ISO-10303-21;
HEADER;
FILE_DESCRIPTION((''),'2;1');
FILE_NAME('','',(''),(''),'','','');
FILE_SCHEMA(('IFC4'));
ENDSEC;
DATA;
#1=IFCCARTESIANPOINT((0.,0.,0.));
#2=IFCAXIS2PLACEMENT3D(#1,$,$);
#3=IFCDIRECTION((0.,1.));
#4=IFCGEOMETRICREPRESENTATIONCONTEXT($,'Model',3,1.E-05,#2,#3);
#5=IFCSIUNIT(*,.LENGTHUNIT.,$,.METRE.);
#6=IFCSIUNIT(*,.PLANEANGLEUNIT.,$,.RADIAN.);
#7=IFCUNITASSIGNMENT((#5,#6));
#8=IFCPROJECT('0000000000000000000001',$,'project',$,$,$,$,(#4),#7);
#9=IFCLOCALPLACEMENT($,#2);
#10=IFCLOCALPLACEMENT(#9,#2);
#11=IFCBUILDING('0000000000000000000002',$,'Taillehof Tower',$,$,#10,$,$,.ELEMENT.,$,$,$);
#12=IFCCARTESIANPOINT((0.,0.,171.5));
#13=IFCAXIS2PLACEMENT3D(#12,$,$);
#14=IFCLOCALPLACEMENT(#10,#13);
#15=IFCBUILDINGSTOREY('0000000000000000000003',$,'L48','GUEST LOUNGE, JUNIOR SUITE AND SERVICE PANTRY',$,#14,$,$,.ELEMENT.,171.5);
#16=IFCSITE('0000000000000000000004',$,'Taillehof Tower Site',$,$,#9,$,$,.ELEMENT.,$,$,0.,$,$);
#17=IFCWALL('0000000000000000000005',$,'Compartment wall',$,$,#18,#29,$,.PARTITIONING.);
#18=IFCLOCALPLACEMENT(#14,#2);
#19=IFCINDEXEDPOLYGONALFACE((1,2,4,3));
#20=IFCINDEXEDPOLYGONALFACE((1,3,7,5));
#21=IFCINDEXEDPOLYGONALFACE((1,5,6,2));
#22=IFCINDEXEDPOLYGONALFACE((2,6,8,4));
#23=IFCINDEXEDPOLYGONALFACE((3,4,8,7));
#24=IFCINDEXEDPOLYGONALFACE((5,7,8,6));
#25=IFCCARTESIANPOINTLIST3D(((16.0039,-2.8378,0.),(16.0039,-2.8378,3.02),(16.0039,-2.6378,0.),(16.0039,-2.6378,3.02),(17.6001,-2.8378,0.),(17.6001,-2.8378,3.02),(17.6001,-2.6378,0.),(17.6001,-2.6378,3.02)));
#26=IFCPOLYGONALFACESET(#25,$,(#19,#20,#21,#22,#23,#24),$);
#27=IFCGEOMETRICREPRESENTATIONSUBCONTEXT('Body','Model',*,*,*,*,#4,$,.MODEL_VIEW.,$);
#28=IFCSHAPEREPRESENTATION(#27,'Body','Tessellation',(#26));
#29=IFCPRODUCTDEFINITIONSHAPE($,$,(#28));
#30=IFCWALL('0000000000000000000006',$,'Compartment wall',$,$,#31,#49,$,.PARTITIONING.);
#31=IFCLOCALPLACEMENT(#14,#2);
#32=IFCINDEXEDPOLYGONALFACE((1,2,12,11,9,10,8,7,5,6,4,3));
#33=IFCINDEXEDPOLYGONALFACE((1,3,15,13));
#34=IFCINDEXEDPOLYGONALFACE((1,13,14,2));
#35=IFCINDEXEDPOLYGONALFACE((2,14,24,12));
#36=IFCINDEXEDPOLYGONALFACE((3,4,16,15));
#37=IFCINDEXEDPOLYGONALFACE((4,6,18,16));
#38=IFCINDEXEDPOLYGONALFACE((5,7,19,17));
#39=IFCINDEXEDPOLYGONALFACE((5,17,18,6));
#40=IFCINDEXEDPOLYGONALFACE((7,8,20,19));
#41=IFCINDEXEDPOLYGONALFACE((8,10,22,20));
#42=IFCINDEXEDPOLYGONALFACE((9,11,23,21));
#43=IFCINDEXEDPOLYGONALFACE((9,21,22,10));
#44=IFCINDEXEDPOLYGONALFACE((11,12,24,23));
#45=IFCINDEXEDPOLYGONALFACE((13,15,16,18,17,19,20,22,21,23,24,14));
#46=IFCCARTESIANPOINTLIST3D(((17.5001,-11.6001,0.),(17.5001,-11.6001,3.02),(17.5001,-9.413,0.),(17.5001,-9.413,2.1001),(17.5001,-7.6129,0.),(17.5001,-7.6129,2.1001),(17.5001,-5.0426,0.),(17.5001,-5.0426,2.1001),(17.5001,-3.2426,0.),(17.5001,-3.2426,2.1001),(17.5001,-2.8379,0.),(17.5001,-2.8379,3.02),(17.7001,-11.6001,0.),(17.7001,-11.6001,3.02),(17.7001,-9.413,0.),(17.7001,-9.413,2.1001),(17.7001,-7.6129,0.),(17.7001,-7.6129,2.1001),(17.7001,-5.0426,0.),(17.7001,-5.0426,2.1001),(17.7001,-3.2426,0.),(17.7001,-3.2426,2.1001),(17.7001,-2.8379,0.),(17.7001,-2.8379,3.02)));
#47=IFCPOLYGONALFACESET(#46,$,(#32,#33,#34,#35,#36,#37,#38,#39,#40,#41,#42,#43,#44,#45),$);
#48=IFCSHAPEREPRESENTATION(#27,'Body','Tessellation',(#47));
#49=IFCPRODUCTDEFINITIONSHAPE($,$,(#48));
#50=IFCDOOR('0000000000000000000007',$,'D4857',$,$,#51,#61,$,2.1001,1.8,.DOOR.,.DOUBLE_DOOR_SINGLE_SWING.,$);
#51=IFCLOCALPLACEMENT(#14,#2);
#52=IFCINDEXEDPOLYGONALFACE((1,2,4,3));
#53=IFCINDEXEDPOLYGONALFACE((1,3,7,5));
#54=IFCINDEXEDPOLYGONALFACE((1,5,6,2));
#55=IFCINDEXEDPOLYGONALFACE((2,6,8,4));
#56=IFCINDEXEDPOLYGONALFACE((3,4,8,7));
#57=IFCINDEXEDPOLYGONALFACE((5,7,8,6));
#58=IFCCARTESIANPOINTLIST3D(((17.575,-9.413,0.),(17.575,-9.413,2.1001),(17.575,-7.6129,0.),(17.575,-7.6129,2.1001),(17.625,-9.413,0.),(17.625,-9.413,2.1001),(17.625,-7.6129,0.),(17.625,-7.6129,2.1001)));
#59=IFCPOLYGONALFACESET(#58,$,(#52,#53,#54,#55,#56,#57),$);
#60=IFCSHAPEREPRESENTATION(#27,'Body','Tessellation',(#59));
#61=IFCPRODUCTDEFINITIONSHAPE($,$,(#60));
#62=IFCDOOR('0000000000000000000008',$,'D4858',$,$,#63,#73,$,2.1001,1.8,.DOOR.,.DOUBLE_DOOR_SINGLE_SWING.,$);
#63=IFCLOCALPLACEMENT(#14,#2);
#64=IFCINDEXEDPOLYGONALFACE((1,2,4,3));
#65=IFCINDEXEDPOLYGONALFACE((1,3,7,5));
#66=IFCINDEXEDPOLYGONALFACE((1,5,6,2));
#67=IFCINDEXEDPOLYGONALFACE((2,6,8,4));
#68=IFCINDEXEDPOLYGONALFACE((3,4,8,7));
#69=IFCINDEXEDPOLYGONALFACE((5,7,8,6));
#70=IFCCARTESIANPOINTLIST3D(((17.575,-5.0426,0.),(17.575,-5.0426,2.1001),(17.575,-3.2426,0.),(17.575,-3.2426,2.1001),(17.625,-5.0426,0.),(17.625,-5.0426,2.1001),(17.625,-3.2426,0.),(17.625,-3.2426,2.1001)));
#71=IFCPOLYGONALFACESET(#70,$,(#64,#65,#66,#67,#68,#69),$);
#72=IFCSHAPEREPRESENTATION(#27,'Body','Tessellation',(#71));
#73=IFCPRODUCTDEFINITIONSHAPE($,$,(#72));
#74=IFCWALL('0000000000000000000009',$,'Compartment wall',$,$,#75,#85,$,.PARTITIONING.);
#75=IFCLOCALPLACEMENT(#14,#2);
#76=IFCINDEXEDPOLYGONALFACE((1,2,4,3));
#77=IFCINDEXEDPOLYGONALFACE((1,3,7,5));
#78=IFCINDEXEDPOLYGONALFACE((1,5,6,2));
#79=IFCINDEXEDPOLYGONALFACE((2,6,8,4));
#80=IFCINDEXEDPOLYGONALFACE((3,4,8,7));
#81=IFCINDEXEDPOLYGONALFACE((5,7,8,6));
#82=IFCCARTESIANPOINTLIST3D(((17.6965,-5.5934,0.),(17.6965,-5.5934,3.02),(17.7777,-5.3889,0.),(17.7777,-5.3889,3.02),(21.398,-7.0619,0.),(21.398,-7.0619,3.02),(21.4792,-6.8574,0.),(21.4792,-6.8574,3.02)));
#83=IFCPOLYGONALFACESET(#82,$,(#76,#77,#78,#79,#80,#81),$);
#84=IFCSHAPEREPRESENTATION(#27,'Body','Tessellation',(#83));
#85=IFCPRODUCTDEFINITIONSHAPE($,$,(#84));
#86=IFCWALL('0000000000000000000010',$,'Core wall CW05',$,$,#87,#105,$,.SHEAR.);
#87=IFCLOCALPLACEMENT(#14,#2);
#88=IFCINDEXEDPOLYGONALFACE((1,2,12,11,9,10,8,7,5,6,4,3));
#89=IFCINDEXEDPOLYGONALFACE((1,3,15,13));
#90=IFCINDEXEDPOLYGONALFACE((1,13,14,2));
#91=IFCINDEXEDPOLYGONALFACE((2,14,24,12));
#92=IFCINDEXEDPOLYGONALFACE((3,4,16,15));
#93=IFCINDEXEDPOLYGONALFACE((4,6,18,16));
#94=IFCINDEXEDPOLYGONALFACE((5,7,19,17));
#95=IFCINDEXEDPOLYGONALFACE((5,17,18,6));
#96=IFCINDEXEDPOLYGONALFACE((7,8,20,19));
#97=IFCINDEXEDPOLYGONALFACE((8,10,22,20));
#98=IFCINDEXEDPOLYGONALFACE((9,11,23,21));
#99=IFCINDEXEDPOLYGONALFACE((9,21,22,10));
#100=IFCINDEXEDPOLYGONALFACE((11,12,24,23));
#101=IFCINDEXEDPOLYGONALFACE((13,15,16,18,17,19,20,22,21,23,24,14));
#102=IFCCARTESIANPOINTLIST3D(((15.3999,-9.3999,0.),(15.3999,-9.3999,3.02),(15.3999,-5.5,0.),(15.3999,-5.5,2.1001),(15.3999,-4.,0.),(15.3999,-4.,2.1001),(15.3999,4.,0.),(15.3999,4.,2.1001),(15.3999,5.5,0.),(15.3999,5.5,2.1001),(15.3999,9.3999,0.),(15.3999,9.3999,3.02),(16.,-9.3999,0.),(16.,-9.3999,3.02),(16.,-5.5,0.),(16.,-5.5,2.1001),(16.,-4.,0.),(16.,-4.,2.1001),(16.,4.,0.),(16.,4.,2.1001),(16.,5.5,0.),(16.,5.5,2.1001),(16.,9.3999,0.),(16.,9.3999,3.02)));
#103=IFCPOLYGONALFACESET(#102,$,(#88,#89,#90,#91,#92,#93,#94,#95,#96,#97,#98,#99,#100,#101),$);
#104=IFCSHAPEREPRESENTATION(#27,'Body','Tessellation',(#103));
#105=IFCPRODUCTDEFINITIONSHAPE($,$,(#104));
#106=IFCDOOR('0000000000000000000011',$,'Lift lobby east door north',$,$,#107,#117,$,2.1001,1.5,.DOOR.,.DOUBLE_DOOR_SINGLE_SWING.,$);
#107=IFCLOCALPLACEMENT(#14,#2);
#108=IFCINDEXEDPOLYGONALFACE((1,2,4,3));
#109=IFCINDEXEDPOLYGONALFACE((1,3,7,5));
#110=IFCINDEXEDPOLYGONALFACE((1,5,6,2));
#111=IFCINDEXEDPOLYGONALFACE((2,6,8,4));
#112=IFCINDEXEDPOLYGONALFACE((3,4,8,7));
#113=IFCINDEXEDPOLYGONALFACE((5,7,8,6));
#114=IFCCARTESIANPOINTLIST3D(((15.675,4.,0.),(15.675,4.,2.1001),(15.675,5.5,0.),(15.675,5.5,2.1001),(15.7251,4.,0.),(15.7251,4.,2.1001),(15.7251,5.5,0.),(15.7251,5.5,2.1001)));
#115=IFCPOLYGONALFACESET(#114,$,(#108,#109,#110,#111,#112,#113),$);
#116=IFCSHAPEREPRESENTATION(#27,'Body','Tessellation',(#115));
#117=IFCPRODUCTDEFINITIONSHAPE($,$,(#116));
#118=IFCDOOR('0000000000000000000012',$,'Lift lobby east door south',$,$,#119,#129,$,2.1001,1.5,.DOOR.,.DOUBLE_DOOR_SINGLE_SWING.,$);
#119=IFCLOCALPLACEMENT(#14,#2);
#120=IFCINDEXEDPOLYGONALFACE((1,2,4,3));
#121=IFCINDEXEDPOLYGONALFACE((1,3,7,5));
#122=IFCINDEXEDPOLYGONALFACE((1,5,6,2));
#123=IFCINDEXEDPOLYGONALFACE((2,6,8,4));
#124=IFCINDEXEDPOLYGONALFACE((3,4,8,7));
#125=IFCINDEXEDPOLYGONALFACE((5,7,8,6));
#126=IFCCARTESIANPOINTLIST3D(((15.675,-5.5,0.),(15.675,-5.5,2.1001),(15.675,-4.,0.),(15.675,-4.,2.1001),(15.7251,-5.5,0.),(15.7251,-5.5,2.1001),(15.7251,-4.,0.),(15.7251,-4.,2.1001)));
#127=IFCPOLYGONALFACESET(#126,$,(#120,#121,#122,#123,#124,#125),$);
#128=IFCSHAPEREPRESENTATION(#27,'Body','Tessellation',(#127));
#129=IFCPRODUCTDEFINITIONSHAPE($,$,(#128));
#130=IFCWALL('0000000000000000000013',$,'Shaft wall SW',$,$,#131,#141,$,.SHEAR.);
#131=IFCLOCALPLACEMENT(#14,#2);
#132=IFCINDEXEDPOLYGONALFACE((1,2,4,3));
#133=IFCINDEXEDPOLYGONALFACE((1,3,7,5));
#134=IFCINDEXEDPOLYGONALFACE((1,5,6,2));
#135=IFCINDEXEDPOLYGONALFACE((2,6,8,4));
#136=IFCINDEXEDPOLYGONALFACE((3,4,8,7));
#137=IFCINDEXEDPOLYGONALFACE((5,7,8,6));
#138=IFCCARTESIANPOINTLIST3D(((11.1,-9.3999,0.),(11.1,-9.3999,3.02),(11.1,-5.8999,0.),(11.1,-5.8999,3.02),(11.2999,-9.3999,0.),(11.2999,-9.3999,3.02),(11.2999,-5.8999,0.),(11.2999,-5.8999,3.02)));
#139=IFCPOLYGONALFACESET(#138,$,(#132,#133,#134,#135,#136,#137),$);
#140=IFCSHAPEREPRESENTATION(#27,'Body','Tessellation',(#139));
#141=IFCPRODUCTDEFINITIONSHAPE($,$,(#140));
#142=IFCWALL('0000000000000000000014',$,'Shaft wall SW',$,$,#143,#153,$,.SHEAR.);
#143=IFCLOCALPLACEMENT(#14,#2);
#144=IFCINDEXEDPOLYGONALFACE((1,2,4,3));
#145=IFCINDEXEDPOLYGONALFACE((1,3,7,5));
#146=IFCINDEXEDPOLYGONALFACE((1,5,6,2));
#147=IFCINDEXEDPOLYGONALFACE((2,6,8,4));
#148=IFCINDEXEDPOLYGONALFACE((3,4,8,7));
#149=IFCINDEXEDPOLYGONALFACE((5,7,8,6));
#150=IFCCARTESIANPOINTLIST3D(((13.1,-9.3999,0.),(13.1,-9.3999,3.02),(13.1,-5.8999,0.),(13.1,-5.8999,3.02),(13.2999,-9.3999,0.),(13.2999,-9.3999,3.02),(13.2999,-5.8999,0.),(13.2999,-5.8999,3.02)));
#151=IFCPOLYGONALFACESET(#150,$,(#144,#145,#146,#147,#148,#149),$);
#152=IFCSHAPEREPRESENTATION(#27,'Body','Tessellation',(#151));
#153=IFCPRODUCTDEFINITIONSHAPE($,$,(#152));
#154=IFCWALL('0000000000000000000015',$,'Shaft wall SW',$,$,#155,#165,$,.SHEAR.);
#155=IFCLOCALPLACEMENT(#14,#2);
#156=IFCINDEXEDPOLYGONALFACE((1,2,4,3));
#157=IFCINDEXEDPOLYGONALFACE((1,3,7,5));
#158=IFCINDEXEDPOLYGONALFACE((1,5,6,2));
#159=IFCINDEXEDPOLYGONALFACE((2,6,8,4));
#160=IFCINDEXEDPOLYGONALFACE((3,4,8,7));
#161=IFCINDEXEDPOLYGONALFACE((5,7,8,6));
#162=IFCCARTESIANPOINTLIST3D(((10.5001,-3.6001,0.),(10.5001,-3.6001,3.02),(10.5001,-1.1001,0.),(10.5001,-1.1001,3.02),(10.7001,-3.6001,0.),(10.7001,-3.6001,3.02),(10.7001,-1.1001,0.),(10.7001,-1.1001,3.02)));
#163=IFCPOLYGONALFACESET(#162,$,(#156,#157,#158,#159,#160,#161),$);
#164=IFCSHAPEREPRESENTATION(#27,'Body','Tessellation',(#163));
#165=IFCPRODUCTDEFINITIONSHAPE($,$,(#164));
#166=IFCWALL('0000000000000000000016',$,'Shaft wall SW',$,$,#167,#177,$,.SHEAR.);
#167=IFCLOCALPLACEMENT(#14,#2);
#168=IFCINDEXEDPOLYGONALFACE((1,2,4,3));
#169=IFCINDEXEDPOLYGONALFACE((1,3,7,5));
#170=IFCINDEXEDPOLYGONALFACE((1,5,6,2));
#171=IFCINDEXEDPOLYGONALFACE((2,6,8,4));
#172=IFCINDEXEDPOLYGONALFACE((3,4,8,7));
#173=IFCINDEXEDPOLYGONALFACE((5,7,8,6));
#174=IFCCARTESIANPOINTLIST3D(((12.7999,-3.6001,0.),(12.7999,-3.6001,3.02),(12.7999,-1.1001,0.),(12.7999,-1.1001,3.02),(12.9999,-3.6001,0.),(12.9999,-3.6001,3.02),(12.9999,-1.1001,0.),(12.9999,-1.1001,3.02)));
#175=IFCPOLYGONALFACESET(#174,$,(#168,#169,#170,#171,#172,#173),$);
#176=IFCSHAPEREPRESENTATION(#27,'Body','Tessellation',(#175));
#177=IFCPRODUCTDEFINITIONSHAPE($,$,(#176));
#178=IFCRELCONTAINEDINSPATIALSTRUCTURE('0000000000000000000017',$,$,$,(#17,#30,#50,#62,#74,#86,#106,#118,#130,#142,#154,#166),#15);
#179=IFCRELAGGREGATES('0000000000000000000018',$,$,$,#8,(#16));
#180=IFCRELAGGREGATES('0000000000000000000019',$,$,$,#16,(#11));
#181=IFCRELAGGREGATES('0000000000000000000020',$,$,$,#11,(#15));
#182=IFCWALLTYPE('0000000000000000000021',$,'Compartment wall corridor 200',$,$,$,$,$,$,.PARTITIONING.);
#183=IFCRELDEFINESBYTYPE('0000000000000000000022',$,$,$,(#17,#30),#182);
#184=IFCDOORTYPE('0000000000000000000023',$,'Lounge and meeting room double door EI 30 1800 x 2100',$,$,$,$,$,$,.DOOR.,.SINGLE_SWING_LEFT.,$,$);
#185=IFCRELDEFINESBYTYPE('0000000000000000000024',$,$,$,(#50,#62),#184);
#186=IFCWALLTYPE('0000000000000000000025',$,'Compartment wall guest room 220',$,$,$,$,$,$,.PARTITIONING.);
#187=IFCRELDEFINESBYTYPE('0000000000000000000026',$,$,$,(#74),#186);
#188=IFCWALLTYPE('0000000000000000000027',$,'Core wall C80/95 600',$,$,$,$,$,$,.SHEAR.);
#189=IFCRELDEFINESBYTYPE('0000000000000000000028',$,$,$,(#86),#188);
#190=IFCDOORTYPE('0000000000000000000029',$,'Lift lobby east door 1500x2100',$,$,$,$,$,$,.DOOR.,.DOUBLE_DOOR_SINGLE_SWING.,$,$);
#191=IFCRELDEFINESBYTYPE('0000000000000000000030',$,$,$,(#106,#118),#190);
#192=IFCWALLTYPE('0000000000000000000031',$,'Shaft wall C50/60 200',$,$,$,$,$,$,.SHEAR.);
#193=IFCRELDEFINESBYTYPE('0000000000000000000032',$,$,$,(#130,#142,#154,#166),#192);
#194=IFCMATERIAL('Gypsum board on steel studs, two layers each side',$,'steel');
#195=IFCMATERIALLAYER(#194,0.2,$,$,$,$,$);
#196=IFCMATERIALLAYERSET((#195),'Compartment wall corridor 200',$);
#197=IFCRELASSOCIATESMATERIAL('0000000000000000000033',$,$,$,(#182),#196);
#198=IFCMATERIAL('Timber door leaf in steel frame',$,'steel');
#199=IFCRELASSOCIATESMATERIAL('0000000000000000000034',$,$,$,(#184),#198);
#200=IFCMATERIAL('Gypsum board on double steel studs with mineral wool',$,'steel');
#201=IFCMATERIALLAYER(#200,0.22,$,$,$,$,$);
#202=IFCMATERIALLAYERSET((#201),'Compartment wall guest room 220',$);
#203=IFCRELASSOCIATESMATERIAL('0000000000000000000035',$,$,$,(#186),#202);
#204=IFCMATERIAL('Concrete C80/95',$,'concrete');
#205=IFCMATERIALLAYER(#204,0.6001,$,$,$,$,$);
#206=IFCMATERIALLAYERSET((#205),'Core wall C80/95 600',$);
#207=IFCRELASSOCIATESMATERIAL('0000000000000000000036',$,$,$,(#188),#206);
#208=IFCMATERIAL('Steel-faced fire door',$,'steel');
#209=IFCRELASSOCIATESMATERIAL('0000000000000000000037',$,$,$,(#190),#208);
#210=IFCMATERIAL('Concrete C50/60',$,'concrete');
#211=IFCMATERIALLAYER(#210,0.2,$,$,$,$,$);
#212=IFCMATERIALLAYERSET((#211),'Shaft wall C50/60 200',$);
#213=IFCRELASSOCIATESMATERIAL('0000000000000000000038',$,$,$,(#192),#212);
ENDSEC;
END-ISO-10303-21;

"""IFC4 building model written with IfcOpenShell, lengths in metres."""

from ifc_helpers import new_model, si_unit, direction, frame, frame_2d, origin, place, context, subcontext, project, spatial, rectangle, extrude, material, layer, layer_set, type_object, element, fill, save


model = new_model("IFC4")

# Units and contexts
model_context = context("Model", 3, precision=1e-05, world=origin(), true_north=direction((0.0, 1.0)))
body_context = subcontext(model_context, "Body", "Model", "MODEL_VIEW")
ifc_project = project(units=[si_unit("LENGTHUNIT", "METRE"), si_unit("PLANEANGLEUNIT", "RADIAN")], contexts=[model_context])

# Site, building, storey
site_placement = place(None, origin())
site = spatial("IfcSite", under=ifc_project, at=site_placement, Name="Taillehof Tower Site", CompositionType="ELEMENT", RefElevation=0.0)
building_placement = place(site_placement, origin())
building = spatial("IfcBuilding", under=site, at=building_placement, Name="Taillehof Tower", CompositionType="ELEMENT")
storey_placement = place(building_placement, frame((0.0, 0.0, 171.5)))
storey = spatial("IfcBuildingStorey", under=building, at=storey_placement, Name="L48", Description="GUEST LOUNGE, JUNIOR SUITE AND SERVICE PANTRY", CompositionType="ELEMENT", Elevation=171.5)

# Wall
ifc_material_1 = material(Name="Gypsum board on steel studs, two layers each side", Category="steel")
ifc_layer_1 = layer(ifc_material_1, 0.2)
ifc_layer_set_1 = layer_set([ifc_layer_1], Name="Compartment wall corridor 200")
wall_type_1 = type_object("IfcWallType", Name="Compartment wall corridor 200", PredefinedType="PARTITIONING", material=ifc_layer_set_1)
wall_1_placement = place(storey_placement, frame((16.0039, -2.7378, 0.0), z_axis=(0.0, 0.0, 1.0), x_axis=(1.0, 0.0, 0.0)))
element("IfcWall", 1, at=wall_1_placement, inside=storey, type_object=wall_type_1, Name="Compartment wall", PredefinedType="PARTITIONING", context=body_context, shape_type="SweptSolid", body=[
    extrude(rectangle(XDim=1.5962, YDim=0.2, at=frame_2d((0.7981, 0.0))), origin(), (0.0, 0.0, 1.0), 3.02),
])

# Wall, openings, doors
wall_2_placement = place(storey_placement, frame((17.6001, -2.8379, 0.0), z_axis=(0.0, 0.0, 1.0), x_axis=(0.0, -1.0, 0.0)))
wall_2 = element("IfcWall", 2, at=wall_2_placement, inside=storey, type_object=wall_type_1, Name="Compartment wall", PredefinedType="PARTITIONING", context=body_context, shape_type="SweptSolid", body=[
    extrude(rectangle(XDim=8.7622, YDim=0.2, at=frame_2d((4.3811, 0.0))), origin(), (0.0, 0.0, 1.0), 3.02),
])
opening_1_placement = place(wall_2_placement, frame((4.7751, 0.0, 0.0)))
opening_1 = element("IfcOpeningElement", 3, at=opening_1_placement, cuts=wall_2, PredefinedType="OPENING", context=body_context, shape_type="SweptSolid", body=[
    extrude(rectangle(XDim=1.8, YDim=2.1001, at=frame_2d((0.8999, 1.05))), frame((0.0, 0.1099, 0.0), z_axis=(0.0, -1.0, 0.0), x_axis=(1.0, 0.0, 0.0)), (0.0, 0.0, 1.0), 0.22),
])
opening_2_placement = place(wall_2_placement, frame((0.4048, 0.0, 0.0)))
opening_2 = element("IfcOpeningElement", 4, at=opening_2_placement, cuts=wall_2, PredefinedType="OPENING", context=body_context, shape_type="SweptSolid", body=[
    extrude(rectangle(XDim=1.8, YDim=2.1001, at=frame_2d((0.8999, 1.05))), frame((0.0, 0.1099, 0.0), z_axis=(0.0, -1.0, 0.0), x_axis=(1.0, 0.0, 0.0)), (0.0, 0.0, 1.0), 0.22),
])
ifc_material_2 = material(Name="Timber door leaf in steel frame", Category="steel")
door_type_1 = type_object("IfcDoorType", Name="Lounge and meeting room double door EI 30 1800 x 2100", OperationType="SINGLE_SWING_LEFT", PredefinedType="DOOR", material=ifc_material_2)
door_1_placement = place(opening_1_placement, origin())
door_1 = element("IfcDoor", 5, at=door_1_placement, inside=storey, type_object=door_type_1, Name="D4857", OperationType="DOUBLE_DOOR_SINGLE_SWING", OverallHeight=2.1001, OverallWidth=1.8, PredefinedType="DOOR", context=body_context, shape_type="SweptSolid", body=[
    extrude(rectangle(XDim=1.8, YDim=2.1001, at=frame_2d((0.8999, 1.05))), frame((0.0, 0.0249, 0.0), z_axis=(0.0, -1.0, 0.0), x_axis=(1.0, 0.0, 0.0)), (0.0, 0.0, 1.0), 0.05),
])
fill(opening_1, door_1)
door_2_placement = place(opening_2_placement, origin())
door_2 = element("IfcDoor", 6, at=door_2_placement, inside=storey, type_object=door_type_1, Name="D4858", OperationType="DOUBLE_DOOR_SINGLE_SWING", OverallHeight=2.1001, OverallWidth=1.8, PredefinedType="DOOR", context=body_context, shape_type="SweptSolid", body=[
    extrude(rectangle(XDim=1.8, YDim=2.1001, at=frame_2d((0.8999, 1.05))), frame((0.0, 0.0249, 0.0), z_axis=(0.0, -1.0, 0.0), x_axis=(1.0, 0.0, 0.0)), (0.0, 0.0, 1.0), 0.05),
])
fill(opening_2, door_2)

# Wall
ifc_material_3 = material(Name="Gypsum board on double steel studs with mineral wool", Category="steel")
ifc_layer_2 = layer(ifc_material_3, 0.22)
ifc_layer_set_2 = layer_set([ifc_layer_2], Name="Compartment wall guest room 220")
wall_type_2 = type_object("IfcWallType", Name="Compartment wall guest room 220", PredefinedType="PARTITIONING", material=ifc_layer_set_2)
wall_3_placement = place(storey_placement, frame((21.4387, -6.9597, 0.0), z_axis=(0.0, 0.0, 1.0), x_axis=(-0.929517, 0.368778, 0.0)))
element("IfcWall", 7, at=wall_3_placement, inside=storey, type_object=wall_type_2, Name="Compartment wall", PredefinedType="PARTITIONING", context=body_context, shape_type="SweptSolid", body=[
    extrude(rectangle(XDim=3.9822, YDim=0.22, at=frame_2d((1.9912, 0.0))), origin(), (0.0, 0.0, 1.0), 3.02),
])

# Wall, openings, doors
ifc_material_4 = material(Name="Concrete C80/95", Category="concrete")
ifc_layer_3 = layer(ifc_material_4, 0.6001)
ifc_layer_set_3 = layer_set([ifc_layer_3], Name="Core wall C80/95 600")
wall_type_3 = type_object("IfcWallType", Name="Core wall C80/95 600", PredefinedType="SHEAR", material=ifc_layer_set_3)
wall_4_placement = place(storey_placement, frame((15.7, -9.3999, 0.0), z_axis=(0.0, 0.0, 1.0), x_axis=(0.0, 1.0, 0.0)))
wall_4 = element("IfcWall", 8, at=wall_4_placement, inside=storey, type_object=wall_type_3, Name="Core wall CW05", PredefinedType="SHEAR", context=body_context, shape_type="SweptSolid", body=[
    extrude(rectangle(XDim=18.7998, YDim=0.6001, at=frame_2d((9.3999, 0.0))), origin(), (0.0, 0.0, 1.0), 3.02),
])
opening_3_placement = place(wall_4_placement, frame((13.3999, 0.0, 0.0)))
opening_3 = element("IfcOpeningElement", 9, at=opening_3_placement, cuts=wall_4, PredefinedType="OPENING", context=body_context, shape_type="SweptSolid", body=[
    extrude(rectangle(XDim=1.5, YDim=2.1001, at=frame_2d((0.75, 1.05))), frame((0.0, 0.3101, 0.0), z_axis=(0.0, -1.0, 0.0), x_axis=(1.0, 0.0, 0.0)), (0.0, 0.0, 1.0), 0.6201),
])
opening_4_placement = place(wall_4_placement, frame((3.8999, 0.0, 0.0)))
opening_4 = element("IfcOpeningElement", 10, at=opening_4_placement, cuts=wall_4, PredefinedType="OPENING", context=body_context, shape_type="SweptSolid", body=[
    extrude(rectangle(XDim=1.5, YDim=2.1001, at=frame_2d((0.75, 1.05))), frame((0.0, 0.3101, 0.0), z_axis=(0.0, -1.0, 0.0), x_axis=(1.0, 0.0, 0.0)), (0.0, 0.0, 1.0), 0.6201),
])
ifc_material_5 = material(Name="Steel-faced fire door", Category="steel")
door_type_2 = type_object("IfcDoorType", Name="Lift lobby east door 1500x2100", OperationType="DOUBLE_DOOR_SINGLE_SWING", PredefinedType="DOOR", material=ifc_material_5)
door_3_placement = place(opening_3_placement, origin())
door_3 = element("IfcDoor", 11, at=door_3_placement, inside=storey, type_object=door_type_2, Name="Lift lobby east door north", OperationType="DOUBLE_DOOR_SINGLE_SWING", OverallHeight=2.1001, OverallWidth=1.5, PredefinedType="DOOR", context=body_context, shape_type="SweptSolid", body=[
    extrude(rectangle(XDim=1.5, YDim=2.1001, at=frame_2d((0.75, 1.05))), frame((0.0, 0.0249, 0.0), z_axis=(0.0, -1.0, 0.0), x_axis=(1.0, 0.0, 0.0)), (0.0, 0.0, 1.0), 0.05),
])
fill(opening_3, door_3)
door_4_placement = place(opening_4_placement, origin())
door_4 = element("IfcDoor", 12, at=door_4_placement, inside=storey, type_object=door_type_2, Name="Lift lobby east door south", OperationType="DOUBLE_DOOR_SINGLE_SWING", OverallHeight=2.1001, OverallWidth=1.5, PredefinedType="DOOR", context=body_context, shape_type="SweptSolid", body=[
    extrude(rectangle(XDim=1.5, YDim=2.1001, at=frame_2d((0.75, 1.05))), frame((0.0, 0.0249, 0.0), z_axis=(0.0, -1.0, 0.0), x_axis=(1.0, 0.0, 0.0)), (0.0, 0.0, 1.0), 0.05),
])
fill(opening_4, door_4)

# Walls
ifc_material_6 = material(Name="Concrete C50/60", Category="concrete")
ifc_layer_4 = layer(ifc_material_6, 0.2)
ifc_layer_set_4 = layer_set([ifc_layer_4], Name="Shaft wall C50/60 200")
wall_type_4 = type_object("IfcWallType", Name="Shaft wall C50/60 200", PredefinedType="SHEAR", material=ifc_layer_set_4)
for number, where, z_axis, x_axis, name in (
    (13, (11.2, -9.3999, 0.0), (0.0, 0.0, 1.0), (0.0, 1.0, 0.0), "Shaft wall SW"),
    (14, (13.2, -9.3999, 0.0), (0.0, 0.0, 1.0), (0.0, 1.0, 0.0), "Shaft wall SW"),
):
    element("IfcWall", number, at=place(storey_placement, frame(where, z_axis=z_axis, x_axis=x_axis)), inside=storey, type_object=wall_type_4, Name=name, PredefinedType="SHEAR", context=body_context, shape_type="SweptSolid", body=[
        extrude(rectangle(XDim=3.5, YDim=0.2, at=frame_2d((1.75, 0.0))), origin(), (0.0, 0.0, 1.0), 3.02),
    ])
for number, where, z_axis, x_axis, name in (
    (15, (10.6001, -3.6001, 0.0), (0.0, 0.0, 1.0), (0.0, 1.0, 0.0), "Shaft wall SW"),
    (16, (12.8999, -3.6001, 0.0), (0.0, 0.0, 1.0), (0.0, 1.0, 0.0), "Shaft wall SW"),
):
    element("IfcWall", number, at=place(storey_placement, frame(where, z_axis=z_axis, x_axis=x_axis)), inside=storey, type_object=wall_type_4, Name=name, PredefinedType="SHEAR", context=body_context, shape_type="SweptSolid", body=[
        extrude(rectangle(XDim=2.5, YDim=0.2, at=frame_2d((1.25, 0.0))), origin(), (0.0, 0.0, 1.0), 3.02),
    ])

save(model, "model.ifc")
